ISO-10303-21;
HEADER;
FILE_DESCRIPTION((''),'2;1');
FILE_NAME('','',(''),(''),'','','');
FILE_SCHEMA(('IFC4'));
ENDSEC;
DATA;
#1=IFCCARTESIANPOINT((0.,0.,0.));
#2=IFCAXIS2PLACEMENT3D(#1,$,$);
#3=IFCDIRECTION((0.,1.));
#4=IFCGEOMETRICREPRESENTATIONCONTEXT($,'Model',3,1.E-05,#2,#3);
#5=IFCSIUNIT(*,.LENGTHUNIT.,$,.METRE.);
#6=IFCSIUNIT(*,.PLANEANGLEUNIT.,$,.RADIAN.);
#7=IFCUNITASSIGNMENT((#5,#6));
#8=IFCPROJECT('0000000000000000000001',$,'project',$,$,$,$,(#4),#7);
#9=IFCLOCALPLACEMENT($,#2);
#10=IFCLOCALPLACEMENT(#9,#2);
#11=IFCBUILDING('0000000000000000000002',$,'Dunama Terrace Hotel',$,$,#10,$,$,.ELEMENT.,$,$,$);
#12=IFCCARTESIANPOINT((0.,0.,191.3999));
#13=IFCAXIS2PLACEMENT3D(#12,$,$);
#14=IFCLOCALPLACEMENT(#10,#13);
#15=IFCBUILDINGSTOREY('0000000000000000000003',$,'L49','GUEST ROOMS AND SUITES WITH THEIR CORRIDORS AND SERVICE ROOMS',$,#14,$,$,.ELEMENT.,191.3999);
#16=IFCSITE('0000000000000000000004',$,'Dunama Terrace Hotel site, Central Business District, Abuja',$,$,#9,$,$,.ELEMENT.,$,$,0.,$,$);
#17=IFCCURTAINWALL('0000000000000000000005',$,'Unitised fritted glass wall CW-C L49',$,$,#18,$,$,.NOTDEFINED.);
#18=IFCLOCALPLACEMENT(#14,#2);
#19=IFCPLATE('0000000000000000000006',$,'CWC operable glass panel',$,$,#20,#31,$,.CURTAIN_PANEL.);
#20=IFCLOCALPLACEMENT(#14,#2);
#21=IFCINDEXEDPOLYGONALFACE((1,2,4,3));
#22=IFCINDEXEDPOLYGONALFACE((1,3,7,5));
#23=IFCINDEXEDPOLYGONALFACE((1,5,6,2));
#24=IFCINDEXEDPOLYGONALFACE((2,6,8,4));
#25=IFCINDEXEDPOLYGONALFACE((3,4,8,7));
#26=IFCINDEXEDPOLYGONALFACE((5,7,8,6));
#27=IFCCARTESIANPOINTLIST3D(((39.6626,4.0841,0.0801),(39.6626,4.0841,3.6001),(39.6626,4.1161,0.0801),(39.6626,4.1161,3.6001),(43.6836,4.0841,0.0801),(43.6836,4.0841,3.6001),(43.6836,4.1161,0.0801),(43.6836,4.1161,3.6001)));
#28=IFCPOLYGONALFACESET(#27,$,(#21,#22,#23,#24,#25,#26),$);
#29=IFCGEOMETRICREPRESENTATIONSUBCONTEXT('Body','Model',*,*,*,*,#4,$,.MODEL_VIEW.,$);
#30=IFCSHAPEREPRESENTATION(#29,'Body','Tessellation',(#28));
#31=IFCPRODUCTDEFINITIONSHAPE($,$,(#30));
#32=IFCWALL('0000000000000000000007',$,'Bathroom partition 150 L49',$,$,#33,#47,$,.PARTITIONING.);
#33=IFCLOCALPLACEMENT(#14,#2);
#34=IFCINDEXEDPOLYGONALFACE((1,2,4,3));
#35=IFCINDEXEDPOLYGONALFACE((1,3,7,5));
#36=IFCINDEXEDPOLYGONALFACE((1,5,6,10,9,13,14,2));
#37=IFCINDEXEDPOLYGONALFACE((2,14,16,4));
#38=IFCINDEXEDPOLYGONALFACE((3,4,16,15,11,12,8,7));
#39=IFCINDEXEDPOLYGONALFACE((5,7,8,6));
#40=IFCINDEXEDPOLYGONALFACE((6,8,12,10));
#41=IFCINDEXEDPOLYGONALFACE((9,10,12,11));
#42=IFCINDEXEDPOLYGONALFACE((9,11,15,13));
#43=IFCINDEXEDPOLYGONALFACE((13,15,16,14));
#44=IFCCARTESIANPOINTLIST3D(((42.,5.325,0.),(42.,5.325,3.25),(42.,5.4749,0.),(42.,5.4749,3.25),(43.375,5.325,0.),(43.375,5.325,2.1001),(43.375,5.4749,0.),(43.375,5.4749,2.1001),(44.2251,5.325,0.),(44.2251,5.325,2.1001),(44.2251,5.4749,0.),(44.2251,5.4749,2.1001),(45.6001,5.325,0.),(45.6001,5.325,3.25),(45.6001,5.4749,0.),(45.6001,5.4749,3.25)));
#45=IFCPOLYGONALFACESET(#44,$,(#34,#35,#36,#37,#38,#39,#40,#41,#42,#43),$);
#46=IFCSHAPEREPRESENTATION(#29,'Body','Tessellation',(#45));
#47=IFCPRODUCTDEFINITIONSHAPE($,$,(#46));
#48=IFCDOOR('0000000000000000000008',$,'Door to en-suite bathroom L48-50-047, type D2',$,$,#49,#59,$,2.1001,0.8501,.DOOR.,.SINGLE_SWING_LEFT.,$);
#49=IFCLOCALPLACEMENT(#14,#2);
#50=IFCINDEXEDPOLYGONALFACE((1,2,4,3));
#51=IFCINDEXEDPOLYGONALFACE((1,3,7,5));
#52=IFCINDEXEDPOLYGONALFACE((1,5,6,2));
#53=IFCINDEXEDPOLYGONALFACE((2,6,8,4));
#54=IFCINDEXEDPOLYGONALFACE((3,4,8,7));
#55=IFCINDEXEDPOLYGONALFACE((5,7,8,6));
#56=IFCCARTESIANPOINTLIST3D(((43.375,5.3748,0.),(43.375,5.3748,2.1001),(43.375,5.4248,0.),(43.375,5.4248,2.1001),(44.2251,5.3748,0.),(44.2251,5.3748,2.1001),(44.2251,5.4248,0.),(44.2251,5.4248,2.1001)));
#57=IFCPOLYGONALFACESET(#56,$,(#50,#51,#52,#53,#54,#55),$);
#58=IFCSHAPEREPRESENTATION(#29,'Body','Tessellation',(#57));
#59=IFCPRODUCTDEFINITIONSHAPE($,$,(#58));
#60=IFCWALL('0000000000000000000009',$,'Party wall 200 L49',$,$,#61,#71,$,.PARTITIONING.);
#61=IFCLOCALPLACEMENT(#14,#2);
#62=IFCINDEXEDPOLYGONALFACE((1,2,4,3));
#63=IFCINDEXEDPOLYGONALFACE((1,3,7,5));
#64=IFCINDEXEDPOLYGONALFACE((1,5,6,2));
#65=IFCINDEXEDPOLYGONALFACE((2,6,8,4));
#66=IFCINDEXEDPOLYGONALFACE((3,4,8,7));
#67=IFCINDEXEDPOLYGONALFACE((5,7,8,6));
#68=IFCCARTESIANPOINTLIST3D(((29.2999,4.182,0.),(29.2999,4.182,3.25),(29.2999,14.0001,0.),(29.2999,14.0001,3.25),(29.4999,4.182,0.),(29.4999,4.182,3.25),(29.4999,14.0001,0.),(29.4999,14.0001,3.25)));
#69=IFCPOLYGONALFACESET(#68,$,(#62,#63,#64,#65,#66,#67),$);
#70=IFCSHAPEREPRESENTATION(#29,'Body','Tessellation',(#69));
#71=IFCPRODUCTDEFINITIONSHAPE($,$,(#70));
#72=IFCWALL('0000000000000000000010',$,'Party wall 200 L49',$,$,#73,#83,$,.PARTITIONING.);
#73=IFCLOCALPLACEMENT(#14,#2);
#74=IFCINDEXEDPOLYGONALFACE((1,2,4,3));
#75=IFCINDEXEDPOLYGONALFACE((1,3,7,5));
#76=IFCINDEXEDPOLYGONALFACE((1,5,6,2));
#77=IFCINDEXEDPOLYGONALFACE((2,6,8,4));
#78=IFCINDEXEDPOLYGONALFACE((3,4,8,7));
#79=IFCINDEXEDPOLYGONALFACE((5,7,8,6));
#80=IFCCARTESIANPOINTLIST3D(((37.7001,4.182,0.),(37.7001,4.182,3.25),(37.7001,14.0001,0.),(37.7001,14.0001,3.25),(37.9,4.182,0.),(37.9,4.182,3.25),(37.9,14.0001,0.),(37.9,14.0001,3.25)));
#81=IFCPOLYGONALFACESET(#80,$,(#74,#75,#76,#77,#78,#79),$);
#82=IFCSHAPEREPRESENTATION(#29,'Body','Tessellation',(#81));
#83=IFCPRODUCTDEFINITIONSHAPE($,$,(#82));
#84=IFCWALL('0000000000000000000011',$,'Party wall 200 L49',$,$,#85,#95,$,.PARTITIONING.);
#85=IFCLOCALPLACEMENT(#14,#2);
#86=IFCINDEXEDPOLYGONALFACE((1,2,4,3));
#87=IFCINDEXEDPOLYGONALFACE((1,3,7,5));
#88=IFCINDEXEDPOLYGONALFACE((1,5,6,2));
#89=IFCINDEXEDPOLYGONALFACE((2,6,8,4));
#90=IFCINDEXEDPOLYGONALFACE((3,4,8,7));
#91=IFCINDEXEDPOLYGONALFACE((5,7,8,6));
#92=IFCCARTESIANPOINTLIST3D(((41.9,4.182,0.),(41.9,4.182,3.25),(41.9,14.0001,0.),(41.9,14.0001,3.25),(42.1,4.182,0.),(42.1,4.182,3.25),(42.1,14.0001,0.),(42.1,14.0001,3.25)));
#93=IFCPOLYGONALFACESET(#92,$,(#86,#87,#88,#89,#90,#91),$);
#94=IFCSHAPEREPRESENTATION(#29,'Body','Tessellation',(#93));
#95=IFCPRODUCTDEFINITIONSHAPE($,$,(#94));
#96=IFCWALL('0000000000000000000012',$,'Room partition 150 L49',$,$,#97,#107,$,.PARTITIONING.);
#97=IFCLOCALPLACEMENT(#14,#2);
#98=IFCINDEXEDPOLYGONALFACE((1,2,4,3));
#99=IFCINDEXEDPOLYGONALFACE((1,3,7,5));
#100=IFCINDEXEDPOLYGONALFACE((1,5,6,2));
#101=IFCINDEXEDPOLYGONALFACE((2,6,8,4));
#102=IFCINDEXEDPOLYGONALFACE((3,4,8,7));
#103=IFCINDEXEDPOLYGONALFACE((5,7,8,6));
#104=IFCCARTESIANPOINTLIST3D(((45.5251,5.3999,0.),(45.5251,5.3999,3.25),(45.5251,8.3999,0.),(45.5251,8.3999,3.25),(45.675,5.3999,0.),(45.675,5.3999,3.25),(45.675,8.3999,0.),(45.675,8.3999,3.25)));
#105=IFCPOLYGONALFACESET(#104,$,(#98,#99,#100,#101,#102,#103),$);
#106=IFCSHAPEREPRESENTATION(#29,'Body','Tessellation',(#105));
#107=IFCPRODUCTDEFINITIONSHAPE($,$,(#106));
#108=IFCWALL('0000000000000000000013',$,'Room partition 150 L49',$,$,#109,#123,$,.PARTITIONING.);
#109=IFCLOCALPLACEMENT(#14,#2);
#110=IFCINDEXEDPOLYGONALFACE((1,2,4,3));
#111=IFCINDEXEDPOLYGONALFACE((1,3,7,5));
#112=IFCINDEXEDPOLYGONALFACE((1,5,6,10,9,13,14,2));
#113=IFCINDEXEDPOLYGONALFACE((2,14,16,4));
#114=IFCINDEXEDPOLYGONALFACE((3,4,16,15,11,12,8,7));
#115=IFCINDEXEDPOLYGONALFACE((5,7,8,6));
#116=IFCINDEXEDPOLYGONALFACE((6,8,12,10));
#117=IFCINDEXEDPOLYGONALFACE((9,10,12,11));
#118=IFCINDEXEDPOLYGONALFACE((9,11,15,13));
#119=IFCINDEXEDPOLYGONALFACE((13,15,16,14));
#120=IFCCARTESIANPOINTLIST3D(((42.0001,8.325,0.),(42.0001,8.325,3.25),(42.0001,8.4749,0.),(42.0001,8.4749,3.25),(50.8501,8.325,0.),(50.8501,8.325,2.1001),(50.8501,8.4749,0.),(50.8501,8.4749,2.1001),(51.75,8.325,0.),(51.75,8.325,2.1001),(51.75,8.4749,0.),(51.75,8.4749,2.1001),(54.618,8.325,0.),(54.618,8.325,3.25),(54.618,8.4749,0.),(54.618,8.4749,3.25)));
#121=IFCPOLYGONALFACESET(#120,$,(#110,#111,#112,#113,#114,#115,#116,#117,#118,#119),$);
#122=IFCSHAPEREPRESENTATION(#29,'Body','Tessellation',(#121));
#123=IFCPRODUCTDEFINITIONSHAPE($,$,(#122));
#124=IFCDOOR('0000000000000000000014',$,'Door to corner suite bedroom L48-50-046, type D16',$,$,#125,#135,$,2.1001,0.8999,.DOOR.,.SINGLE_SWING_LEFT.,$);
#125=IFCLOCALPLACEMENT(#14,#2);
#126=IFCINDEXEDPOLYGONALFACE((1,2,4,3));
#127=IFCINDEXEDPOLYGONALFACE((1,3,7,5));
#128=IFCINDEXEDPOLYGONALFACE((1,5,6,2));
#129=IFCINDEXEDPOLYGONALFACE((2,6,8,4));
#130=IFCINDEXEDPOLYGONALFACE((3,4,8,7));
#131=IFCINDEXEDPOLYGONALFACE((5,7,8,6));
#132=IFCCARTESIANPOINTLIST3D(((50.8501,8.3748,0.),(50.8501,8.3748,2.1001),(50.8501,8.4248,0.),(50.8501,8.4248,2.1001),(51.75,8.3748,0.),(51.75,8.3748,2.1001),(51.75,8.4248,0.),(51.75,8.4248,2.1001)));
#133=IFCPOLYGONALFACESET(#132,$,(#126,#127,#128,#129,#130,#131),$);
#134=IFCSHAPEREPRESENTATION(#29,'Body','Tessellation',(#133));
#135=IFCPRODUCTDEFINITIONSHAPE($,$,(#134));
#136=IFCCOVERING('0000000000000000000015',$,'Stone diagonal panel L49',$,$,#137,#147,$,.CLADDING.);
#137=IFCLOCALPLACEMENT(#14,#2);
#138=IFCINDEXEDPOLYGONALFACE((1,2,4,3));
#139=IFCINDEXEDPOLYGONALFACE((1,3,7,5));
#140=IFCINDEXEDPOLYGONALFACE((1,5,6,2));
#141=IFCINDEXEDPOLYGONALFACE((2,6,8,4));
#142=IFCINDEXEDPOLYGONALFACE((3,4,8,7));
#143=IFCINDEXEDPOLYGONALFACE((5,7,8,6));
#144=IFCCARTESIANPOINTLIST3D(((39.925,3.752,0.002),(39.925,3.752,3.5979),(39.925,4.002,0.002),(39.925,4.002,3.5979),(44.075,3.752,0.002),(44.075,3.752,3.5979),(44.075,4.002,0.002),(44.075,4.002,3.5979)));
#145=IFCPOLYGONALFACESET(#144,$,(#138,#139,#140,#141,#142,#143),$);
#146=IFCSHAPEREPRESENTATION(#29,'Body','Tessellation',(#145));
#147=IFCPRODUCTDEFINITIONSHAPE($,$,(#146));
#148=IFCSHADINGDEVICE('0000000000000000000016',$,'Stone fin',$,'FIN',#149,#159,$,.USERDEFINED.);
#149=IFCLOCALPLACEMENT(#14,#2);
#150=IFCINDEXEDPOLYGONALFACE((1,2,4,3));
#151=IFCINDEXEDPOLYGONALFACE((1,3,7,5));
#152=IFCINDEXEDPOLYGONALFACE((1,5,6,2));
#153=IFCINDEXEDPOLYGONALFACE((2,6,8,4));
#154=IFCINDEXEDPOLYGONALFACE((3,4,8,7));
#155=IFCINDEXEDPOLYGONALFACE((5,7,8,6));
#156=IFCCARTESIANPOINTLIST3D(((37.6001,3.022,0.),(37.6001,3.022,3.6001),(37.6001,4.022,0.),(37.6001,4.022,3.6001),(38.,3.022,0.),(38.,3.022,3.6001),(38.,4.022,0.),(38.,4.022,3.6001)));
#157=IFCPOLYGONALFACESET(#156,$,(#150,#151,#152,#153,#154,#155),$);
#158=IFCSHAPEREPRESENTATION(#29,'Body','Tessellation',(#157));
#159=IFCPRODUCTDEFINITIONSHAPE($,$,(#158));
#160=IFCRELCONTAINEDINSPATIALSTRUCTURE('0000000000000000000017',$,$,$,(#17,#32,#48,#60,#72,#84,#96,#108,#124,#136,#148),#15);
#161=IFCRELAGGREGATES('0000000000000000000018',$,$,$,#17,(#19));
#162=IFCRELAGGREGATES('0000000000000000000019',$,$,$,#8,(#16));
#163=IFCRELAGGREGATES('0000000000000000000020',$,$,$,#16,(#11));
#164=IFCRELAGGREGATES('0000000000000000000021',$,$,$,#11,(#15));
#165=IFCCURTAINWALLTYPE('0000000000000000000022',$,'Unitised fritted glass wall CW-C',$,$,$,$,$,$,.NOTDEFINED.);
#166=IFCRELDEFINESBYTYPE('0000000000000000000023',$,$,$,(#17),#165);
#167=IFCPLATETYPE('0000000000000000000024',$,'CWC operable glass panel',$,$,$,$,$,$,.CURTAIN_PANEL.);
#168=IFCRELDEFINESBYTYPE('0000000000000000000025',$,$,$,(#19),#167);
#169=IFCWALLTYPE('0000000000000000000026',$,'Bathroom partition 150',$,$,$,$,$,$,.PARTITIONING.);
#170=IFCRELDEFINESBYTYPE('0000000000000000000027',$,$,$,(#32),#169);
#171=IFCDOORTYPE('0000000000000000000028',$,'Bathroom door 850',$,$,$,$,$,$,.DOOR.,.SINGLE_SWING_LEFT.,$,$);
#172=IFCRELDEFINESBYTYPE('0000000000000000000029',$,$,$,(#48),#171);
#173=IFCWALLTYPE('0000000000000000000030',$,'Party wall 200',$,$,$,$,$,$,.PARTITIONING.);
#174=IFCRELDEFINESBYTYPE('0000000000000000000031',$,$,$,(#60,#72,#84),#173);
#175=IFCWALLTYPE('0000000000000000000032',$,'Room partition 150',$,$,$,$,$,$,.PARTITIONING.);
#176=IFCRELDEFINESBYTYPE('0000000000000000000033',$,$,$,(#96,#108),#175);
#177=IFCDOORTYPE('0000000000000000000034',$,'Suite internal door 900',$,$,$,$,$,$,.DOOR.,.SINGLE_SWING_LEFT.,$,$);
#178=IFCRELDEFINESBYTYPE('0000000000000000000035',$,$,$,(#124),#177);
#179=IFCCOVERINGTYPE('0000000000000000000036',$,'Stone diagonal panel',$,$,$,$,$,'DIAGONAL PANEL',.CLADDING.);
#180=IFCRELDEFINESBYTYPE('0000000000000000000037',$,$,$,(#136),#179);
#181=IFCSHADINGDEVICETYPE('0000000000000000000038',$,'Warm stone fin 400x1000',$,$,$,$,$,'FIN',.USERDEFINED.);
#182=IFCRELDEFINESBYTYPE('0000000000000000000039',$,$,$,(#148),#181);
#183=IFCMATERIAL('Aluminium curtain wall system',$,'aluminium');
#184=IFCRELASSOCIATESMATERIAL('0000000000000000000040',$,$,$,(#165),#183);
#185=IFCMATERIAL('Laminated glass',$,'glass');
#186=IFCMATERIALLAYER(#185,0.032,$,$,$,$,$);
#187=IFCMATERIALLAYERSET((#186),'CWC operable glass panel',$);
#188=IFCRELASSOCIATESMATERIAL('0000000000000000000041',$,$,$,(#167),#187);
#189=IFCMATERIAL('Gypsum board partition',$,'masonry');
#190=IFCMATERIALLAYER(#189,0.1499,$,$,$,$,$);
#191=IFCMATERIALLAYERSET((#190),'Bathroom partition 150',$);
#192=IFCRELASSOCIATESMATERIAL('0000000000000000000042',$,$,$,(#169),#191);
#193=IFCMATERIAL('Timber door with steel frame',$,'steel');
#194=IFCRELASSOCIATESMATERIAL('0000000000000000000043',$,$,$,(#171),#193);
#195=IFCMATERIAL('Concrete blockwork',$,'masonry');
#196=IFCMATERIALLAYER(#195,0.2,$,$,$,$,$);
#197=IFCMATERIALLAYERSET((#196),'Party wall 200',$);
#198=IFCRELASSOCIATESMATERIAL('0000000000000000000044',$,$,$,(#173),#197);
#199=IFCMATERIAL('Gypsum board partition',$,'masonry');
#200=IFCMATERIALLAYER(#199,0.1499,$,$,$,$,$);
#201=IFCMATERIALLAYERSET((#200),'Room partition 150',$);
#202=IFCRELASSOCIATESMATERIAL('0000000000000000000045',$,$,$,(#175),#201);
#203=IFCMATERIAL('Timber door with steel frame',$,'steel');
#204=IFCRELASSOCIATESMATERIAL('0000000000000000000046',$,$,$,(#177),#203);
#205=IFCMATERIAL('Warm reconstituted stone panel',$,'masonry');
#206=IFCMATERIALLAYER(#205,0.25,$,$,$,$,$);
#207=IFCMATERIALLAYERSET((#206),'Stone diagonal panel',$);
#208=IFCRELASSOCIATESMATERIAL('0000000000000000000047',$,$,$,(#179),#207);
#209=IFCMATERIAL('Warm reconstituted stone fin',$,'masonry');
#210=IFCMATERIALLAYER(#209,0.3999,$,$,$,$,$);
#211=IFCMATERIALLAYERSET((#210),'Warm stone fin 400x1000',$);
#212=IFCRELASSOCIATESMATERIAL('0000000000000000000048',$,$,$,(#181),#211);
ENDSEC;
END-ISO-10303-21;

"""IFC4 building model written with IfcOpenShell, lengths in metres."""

from ifc_helpers import new_model, si_unit, direction, frame, frame_2d, origin, origin_2d, place, context, subcontext, project, spatial, rectangle, extrude, material, layer, layer_set, type_object, element, fill, aggregate, save


model = new_model("IFC4")

# Units and contexts
model_context = context("Model", 3, precision=1e-05, world=origin(), true_north=direction((0.0, 1.0)))
body_context = subcontext(model_context, "Body", "Model", "MODEL_VIEW")
ifc_project = project(units=[si_unit("LENGTHUNIT", "METRE"), si_unit("PLANEANGLEUNIT", "RADIAN")], contexts=[model_context])

# Site, building, storey
site_placement = place(None, origin())
site = spatial("IfcSite", under=ifc_project, at=site_placement, Name="Dunama Terrace Hotel site, Central Business District, Abuja", CompositionType="ELEMENT", RefElevation=0.0)
building_placement = place(site_placement, origin())
building = spatial("IfcBuilding", under=site, at=building_placement, Name="Dunama Terrace Hotel", CompositionType="ELEMENT")
storey_placement = place(building_placement, frame((0.0, 0.0, 191.3999)))
storey = spatial("IfcBuildingStorey", under=building, at=storey_placement, Name="L49", Description="GUEST ROOMS AND SUITES WITH THEIR CORRIDORS AND SERVICE ROOMS", CompositionType="ELEMENT", Elevation=191.3999)

# Curtain wall
ifc_material_1 = material(Name="Aluminium curtain wall system", Category="aluminium")
curtain_wall_type = type_object("IfcCurtainWallType", Name="Unitised fritted glass wall CW-C", PredefinedType="NOTDEFINED", material=ifc_material_1)
curtain_wall_placement = place(storey_placement, origin())
curtain_wall = element("IfcCurtainWall", 1, at=curtain_wall_placement, inside=storey, type_object=curtain_wall_type, Name="Unitised fritted glass wall CW-C L49", PredefinedType="NOTDEFINED")

# Plate
ifc_material_2 = material(Name="Laminated glass", Category="glass")
ifc_layer_1 = layer(ifc_material_2, 0.032)
ifc_layer_set_1 = layer_set([ifc_layer_1], Name="CWC operable glass panel")
plate_type_1 = type_object("IfcPlateType", Name="CWC operable glass panel", PredefinedType="CURTAIN_PANEL", material=ifc_layer_set_1)
plate_1_placement = place(storey_placement, frame((41.6731, 4.1001, 0.0801), z_axis=(0.0, 0.0, 1.0), x_axis=(1.0, 0.0, 0.0)))
plate_1 = element("IfcPlate", 2, at=plate_1_placement, type_object=plate_type_1, Name="CWC operable glass panel", PredefinedType="CURTAIN_PANEL", context=body_context, shape_type="SweptSolid", body=[
    extrude(rectangle(XDim=4.021, YDim=0.032, at=origin_2d()), origin(), (0.0, 0.0, 1.0), 3.52),
])
aggregate(curtain_wall, [plate_1])

# Wall, opening, door
ifc_material_3 = material(Name="Gypsum board partition", Category="masonry")
ifc_layer_2 = layer(ifc_material_3, 0.1499)
ifc_layer_set_2 = layer_set([ifc_layer_2], Name="Bathroom partition 150")
wall_type_1 = type_object("IfcWallType", Name="Bathroom partition 150", PredefinedType="PARTITIONING", material=ifc_layer_set_2)
wall_1_placement = place(storey_placement, frame((42.0, 5.3999, 0.0), z_axis=(0.0, 0.0, 1.0), x_axis=(1.0, 0.0, 0.0)))
wall_1 = element("IfcWall", 3, at=wall_1_placement, inside=storey, type_object=wall_type_1, Name="Bathroom partition 150 L49", PredefinedType="PARTITIONING", context=body_context, shape_type="SweptSolid", body=[
    extrude(rectangle(XDim=3.6001, YDim=0.1499, at=frame_2d((1.8, 0.0))), origin(), (0.0, 0.0, 1.0), 3.25),
])
opening_1_placement = place(wall_1_placement, frame((1.375, 0.0, 0.0)))
opening_1 = element("IfcOpeningElement", 4, at=opening_1_placement, cuts=wall_1, PredefinedType="OPENING", context=body_context, shape_type="SweptSolid", body=[
    extrude(rectangle(XDim=0.8501, YDim=2.1001, at=frame_2d((0.425, 1.05))), frame((0.0, 0.085, 0.0), z_axis=(0.0, -1.0, 0.0), x_axis=(1.0, 0.0, 0.0)), (0.0, 0.0, 1.0), 0.1699),
])
ifc_material_4 = material(Name="Timber door with steel frame", Category="steel")
door_type_1 = type_object("IfcDoorType", Name="Bathroom door 850", OperationType="SINGLE_SWING_LEFT", PredefinedType="DOOR", material=ifc_material_4)
door_1_placement = place(opening_1_placement, origin())
door_1 = element("IfcDoor", 5, at=door_1_placement, inside=storey, type_object=door_type_1, Name="Door to en-suite bathroom L48-50-047, type D2", OperationType="SINGLE_SWING_LEFT", OverallHeight=2.1001, OverallWidth=0.8501, PredefinedType="DOOR", context=body_context, shape_type="SweptSolid", body=[
    extrude(rectangle(XDim=0.8501, YDim=2.1001, at=frame_2d((0.425, 1.05))), frame((0.0, 0.0249, 0.0), z_axis=(0.0, -1.0, 0.0), x_axis=(1.0, 0.0, 0.0)), (0.0, 0.0, 1.0), 0.05),
])
fill(opening_1, door_1)

# Walls
ifc_material_5 = material(Name="Concrete blockwork", Category="masonry")
ifc_layer_3 = layer(ifc_material_5, 0.2)
ifc_layer_set_3 = layer_set([ifc_layer_3], Name="Party wall 200")
wall_type_2 = type_object("IfcWallType", Name="Party wall 200", PredefinedType="PARTITIONING", material=ifc_layer_set_3)
for number, where, z_axis, x_axis, name in (
    (6, (29.3999, 4.1819, 0.0), (0.0, 0.0, 1.0), (0.0, 1.0, 0.0), "Party wall 200 L49"),
    (7, (37.8, 4.1819, 0.0), (0.0, 0.0, 1.0), (0.0, 1.0, 0.0), "Party wall 200 L49"),
    (8, (42.0, 4.1819, 0.0), (0.0, 0.0, 1.0), (0.0, 1.0, 0.0), "Party wall 200 L49"),
):
    element("IfcWall", number, at=place(storey_placement, frame(where, z_axis=z_axis, x_axis=x_axis)), inside=storey, type_object=wall_type_2, Name=name, PredefinedType="PARTITIONING", context=body_context, shape_type="SweptSolid", body=[
        extrude(rectangle(XDim=9.8181, YDim=0.2, at=frame_2d((4.9092, 0.0))), origin(), (0.0, 0.0, 1.0), 3.25),
    ])
ifc_material_6 = material(Name="Gypsum board partition", Category="masonry")
ifc_layer_4 = layer(ifc_material_6, 0.1499)
ifc_layer_set_4 = layer_set([ifc_layer_4], Name="Room partition 150")
wall_type_3 = type_object("IfcWallType", Name="Room partition 150", PredefinedType="PARTITIONING", material=ifc_layer_set_4)
wall_2_placement = place(storey_placement, frame((45.6001, 5.3999, 0.0), z_axis=(0.0, 0.0, 1.0), x_axis=(0.0, 1.0, 0.0)))
element("IfcWall", 9, at=wall_2_placement, inside=storey, type_object=wall_type_3, Name="Room partition 150 L49", PredefinedType="PARTITIONING", context=body_context, shape_type="SweptSolid", body=[
    extrude(rectangle(XDim=3.0, YDim=0.1499, at=frame_2d((1.5, 0.0))), origin(), (0.0, 0.0, 1.0), 3.25),
])

# Wall, opening, door
wall_3_placement = place(storey_placement, frame((42.0, 8.3999, 0.0), z_axis=(0.0, 0.0, 1.0), x_axis=(1.0, 0.0, 0.0)))
wall_3 = element("IfcWall", 10, at=wall_3_placement, inside=storey, type_object=wall_type_3, Name="Room partition 150 L49", PredefinedType="PARTITIONING", context=body_context, shape_type="SweptSolid", body=[
    extrude(rectangle(XDim=12.6179, YDim=0.1499, at=frame_2d((6.3091, 0.0))), origin(), (0.0, 0.0, 1.0), 3.25),
])
opening_2_placement = place(wall_3_placement, frame((8.8501, 0.0, 0.0)))
opening_2 = element("IfcOpeningElement", 11, at=opening_2_placement, cuts=wall_3, PredefinedType="OPENING", context=body_context, shape_type="SweptSolid", body=[
    extrude(rectangle(XDim=0.8999, YDim=2.1001, at=frame_2d((0.45, 1.05))), frame((0.0, 0.085, 0.0), z_axis=(0.0, -1.0, 0.0), x_axis=(1.0, 0.0, 0.0)), (0.0, 0.0, 1.0), 0.1699),
])
ifc_material_7 = material(Name="Timber door with steel frame", Category="steel")
door_type_2 = type_object("IfcDoorType", Name="Suite internal door 900", OperationType="SINGLE_SWING_LEFT", PredefinedType="DOOR", material=ifc_material_7)
door_2_placement = place(opening_2_placement, frame((0.8999, 0.0, 0.0), z_axis=(0.0, 0.0, 1.0), x_axis=(-1.0, 0.0, 0.0)))
door_2 = element("IfcDoor", 12, at=door_2_placement, inside=storey, type_object=door_type_2, Name="Door to corner suite bedroom L48-50-046, type D16", OperationType="SINGLE_SWING_LEFT", OverallHeight=2.1001, OverallWidth=0.8999, PredefinedType="DOOR", context=body_context, shape_type="SweptSolid", body=[
    extrude(rectangle(XDim=0.8999, YDim=2.1001, at=frame_2d((0.45, 1.05))), frame((0.0, 0.0251, 0.0), z_axis=(0.0, -1.0, 0.0), x_axis=(1.0, 0.0, 0.0)), (0.0, 0.0, 1.0), 0.05),
])
fill(opening_2, door_2)

# Covering
ifc_material_8 = material(Name="Warm reconstituted stone panel", Category="masonry")
ifc_layer_5 = layer(ifc_material_8, 0.25)
ifc_layer_set_5 = layer_set([ifc_layer_5], Name="Stone diagonal panel")
covering_type = type_object("IfcCoveringType", Name="Stone diagonal panel", ElementType="DIAGONAL PANEL", PredefinedType="CLADDING", material=ifc_layer_set_5)
covering_placement = place(storey_placement, frame((42.0, 3.877, 0.002), z_axis=(0.0, 0.0, 1.0), x_axis=(1.0, 0.0, 0.0)))
element("IfcCovering", 13, at=covering_placement, inside=storey, type_object=covering_type, Name="Stone diagonal panel L49", PredefinedType="CLADDING", context=body_context, shape_type="SweptSolid", body=[
    extrude(rectangle(XDim=4.1499, YDim=0.25, at=origin_2d()), origin(), (0.0, 0.0, 1.0), 3.5959),
])

# Shading device
ifc_material_9 = material(Name="Warm reconstituted stone fin", Category="masonry")
ifc_layer_6 = layer(ifc_material_9, 0.3999)
ifc_layer_set_6 = layer_set([ifc_layer_6], Name="Warm stone fin 400x1000")
shading_device_type = type_object("IfcShadingDeviceType", Name="Warm stone fin 400x1000", ElementType="FIN", PredefinedType="USERDEFINED", material=ifc_layer_set_6)
shading_device_placement = place(storey_placement, frame((37.8, 3.522, 0.0), z_axis=(0.0, 0.0, 1.0), x_axis=(1.0, 0.0, 0.0)))
element("IfcShadingDevice", 14, at=shading_device_placement, inside=storey, type_object=shading_device_type, Name="Stone fin", ObjectType="FIN", PredefinedType="USERDEFINED", context=body_context, shape_type="SweptSolid", body=[
    extrude(rectangle(XDim=0.3999, YDim=1.0, at=origin_2d()), origin(), (0.0, 0.0, 1.0), 3.6001),
])

save(model, "model.ifc")
